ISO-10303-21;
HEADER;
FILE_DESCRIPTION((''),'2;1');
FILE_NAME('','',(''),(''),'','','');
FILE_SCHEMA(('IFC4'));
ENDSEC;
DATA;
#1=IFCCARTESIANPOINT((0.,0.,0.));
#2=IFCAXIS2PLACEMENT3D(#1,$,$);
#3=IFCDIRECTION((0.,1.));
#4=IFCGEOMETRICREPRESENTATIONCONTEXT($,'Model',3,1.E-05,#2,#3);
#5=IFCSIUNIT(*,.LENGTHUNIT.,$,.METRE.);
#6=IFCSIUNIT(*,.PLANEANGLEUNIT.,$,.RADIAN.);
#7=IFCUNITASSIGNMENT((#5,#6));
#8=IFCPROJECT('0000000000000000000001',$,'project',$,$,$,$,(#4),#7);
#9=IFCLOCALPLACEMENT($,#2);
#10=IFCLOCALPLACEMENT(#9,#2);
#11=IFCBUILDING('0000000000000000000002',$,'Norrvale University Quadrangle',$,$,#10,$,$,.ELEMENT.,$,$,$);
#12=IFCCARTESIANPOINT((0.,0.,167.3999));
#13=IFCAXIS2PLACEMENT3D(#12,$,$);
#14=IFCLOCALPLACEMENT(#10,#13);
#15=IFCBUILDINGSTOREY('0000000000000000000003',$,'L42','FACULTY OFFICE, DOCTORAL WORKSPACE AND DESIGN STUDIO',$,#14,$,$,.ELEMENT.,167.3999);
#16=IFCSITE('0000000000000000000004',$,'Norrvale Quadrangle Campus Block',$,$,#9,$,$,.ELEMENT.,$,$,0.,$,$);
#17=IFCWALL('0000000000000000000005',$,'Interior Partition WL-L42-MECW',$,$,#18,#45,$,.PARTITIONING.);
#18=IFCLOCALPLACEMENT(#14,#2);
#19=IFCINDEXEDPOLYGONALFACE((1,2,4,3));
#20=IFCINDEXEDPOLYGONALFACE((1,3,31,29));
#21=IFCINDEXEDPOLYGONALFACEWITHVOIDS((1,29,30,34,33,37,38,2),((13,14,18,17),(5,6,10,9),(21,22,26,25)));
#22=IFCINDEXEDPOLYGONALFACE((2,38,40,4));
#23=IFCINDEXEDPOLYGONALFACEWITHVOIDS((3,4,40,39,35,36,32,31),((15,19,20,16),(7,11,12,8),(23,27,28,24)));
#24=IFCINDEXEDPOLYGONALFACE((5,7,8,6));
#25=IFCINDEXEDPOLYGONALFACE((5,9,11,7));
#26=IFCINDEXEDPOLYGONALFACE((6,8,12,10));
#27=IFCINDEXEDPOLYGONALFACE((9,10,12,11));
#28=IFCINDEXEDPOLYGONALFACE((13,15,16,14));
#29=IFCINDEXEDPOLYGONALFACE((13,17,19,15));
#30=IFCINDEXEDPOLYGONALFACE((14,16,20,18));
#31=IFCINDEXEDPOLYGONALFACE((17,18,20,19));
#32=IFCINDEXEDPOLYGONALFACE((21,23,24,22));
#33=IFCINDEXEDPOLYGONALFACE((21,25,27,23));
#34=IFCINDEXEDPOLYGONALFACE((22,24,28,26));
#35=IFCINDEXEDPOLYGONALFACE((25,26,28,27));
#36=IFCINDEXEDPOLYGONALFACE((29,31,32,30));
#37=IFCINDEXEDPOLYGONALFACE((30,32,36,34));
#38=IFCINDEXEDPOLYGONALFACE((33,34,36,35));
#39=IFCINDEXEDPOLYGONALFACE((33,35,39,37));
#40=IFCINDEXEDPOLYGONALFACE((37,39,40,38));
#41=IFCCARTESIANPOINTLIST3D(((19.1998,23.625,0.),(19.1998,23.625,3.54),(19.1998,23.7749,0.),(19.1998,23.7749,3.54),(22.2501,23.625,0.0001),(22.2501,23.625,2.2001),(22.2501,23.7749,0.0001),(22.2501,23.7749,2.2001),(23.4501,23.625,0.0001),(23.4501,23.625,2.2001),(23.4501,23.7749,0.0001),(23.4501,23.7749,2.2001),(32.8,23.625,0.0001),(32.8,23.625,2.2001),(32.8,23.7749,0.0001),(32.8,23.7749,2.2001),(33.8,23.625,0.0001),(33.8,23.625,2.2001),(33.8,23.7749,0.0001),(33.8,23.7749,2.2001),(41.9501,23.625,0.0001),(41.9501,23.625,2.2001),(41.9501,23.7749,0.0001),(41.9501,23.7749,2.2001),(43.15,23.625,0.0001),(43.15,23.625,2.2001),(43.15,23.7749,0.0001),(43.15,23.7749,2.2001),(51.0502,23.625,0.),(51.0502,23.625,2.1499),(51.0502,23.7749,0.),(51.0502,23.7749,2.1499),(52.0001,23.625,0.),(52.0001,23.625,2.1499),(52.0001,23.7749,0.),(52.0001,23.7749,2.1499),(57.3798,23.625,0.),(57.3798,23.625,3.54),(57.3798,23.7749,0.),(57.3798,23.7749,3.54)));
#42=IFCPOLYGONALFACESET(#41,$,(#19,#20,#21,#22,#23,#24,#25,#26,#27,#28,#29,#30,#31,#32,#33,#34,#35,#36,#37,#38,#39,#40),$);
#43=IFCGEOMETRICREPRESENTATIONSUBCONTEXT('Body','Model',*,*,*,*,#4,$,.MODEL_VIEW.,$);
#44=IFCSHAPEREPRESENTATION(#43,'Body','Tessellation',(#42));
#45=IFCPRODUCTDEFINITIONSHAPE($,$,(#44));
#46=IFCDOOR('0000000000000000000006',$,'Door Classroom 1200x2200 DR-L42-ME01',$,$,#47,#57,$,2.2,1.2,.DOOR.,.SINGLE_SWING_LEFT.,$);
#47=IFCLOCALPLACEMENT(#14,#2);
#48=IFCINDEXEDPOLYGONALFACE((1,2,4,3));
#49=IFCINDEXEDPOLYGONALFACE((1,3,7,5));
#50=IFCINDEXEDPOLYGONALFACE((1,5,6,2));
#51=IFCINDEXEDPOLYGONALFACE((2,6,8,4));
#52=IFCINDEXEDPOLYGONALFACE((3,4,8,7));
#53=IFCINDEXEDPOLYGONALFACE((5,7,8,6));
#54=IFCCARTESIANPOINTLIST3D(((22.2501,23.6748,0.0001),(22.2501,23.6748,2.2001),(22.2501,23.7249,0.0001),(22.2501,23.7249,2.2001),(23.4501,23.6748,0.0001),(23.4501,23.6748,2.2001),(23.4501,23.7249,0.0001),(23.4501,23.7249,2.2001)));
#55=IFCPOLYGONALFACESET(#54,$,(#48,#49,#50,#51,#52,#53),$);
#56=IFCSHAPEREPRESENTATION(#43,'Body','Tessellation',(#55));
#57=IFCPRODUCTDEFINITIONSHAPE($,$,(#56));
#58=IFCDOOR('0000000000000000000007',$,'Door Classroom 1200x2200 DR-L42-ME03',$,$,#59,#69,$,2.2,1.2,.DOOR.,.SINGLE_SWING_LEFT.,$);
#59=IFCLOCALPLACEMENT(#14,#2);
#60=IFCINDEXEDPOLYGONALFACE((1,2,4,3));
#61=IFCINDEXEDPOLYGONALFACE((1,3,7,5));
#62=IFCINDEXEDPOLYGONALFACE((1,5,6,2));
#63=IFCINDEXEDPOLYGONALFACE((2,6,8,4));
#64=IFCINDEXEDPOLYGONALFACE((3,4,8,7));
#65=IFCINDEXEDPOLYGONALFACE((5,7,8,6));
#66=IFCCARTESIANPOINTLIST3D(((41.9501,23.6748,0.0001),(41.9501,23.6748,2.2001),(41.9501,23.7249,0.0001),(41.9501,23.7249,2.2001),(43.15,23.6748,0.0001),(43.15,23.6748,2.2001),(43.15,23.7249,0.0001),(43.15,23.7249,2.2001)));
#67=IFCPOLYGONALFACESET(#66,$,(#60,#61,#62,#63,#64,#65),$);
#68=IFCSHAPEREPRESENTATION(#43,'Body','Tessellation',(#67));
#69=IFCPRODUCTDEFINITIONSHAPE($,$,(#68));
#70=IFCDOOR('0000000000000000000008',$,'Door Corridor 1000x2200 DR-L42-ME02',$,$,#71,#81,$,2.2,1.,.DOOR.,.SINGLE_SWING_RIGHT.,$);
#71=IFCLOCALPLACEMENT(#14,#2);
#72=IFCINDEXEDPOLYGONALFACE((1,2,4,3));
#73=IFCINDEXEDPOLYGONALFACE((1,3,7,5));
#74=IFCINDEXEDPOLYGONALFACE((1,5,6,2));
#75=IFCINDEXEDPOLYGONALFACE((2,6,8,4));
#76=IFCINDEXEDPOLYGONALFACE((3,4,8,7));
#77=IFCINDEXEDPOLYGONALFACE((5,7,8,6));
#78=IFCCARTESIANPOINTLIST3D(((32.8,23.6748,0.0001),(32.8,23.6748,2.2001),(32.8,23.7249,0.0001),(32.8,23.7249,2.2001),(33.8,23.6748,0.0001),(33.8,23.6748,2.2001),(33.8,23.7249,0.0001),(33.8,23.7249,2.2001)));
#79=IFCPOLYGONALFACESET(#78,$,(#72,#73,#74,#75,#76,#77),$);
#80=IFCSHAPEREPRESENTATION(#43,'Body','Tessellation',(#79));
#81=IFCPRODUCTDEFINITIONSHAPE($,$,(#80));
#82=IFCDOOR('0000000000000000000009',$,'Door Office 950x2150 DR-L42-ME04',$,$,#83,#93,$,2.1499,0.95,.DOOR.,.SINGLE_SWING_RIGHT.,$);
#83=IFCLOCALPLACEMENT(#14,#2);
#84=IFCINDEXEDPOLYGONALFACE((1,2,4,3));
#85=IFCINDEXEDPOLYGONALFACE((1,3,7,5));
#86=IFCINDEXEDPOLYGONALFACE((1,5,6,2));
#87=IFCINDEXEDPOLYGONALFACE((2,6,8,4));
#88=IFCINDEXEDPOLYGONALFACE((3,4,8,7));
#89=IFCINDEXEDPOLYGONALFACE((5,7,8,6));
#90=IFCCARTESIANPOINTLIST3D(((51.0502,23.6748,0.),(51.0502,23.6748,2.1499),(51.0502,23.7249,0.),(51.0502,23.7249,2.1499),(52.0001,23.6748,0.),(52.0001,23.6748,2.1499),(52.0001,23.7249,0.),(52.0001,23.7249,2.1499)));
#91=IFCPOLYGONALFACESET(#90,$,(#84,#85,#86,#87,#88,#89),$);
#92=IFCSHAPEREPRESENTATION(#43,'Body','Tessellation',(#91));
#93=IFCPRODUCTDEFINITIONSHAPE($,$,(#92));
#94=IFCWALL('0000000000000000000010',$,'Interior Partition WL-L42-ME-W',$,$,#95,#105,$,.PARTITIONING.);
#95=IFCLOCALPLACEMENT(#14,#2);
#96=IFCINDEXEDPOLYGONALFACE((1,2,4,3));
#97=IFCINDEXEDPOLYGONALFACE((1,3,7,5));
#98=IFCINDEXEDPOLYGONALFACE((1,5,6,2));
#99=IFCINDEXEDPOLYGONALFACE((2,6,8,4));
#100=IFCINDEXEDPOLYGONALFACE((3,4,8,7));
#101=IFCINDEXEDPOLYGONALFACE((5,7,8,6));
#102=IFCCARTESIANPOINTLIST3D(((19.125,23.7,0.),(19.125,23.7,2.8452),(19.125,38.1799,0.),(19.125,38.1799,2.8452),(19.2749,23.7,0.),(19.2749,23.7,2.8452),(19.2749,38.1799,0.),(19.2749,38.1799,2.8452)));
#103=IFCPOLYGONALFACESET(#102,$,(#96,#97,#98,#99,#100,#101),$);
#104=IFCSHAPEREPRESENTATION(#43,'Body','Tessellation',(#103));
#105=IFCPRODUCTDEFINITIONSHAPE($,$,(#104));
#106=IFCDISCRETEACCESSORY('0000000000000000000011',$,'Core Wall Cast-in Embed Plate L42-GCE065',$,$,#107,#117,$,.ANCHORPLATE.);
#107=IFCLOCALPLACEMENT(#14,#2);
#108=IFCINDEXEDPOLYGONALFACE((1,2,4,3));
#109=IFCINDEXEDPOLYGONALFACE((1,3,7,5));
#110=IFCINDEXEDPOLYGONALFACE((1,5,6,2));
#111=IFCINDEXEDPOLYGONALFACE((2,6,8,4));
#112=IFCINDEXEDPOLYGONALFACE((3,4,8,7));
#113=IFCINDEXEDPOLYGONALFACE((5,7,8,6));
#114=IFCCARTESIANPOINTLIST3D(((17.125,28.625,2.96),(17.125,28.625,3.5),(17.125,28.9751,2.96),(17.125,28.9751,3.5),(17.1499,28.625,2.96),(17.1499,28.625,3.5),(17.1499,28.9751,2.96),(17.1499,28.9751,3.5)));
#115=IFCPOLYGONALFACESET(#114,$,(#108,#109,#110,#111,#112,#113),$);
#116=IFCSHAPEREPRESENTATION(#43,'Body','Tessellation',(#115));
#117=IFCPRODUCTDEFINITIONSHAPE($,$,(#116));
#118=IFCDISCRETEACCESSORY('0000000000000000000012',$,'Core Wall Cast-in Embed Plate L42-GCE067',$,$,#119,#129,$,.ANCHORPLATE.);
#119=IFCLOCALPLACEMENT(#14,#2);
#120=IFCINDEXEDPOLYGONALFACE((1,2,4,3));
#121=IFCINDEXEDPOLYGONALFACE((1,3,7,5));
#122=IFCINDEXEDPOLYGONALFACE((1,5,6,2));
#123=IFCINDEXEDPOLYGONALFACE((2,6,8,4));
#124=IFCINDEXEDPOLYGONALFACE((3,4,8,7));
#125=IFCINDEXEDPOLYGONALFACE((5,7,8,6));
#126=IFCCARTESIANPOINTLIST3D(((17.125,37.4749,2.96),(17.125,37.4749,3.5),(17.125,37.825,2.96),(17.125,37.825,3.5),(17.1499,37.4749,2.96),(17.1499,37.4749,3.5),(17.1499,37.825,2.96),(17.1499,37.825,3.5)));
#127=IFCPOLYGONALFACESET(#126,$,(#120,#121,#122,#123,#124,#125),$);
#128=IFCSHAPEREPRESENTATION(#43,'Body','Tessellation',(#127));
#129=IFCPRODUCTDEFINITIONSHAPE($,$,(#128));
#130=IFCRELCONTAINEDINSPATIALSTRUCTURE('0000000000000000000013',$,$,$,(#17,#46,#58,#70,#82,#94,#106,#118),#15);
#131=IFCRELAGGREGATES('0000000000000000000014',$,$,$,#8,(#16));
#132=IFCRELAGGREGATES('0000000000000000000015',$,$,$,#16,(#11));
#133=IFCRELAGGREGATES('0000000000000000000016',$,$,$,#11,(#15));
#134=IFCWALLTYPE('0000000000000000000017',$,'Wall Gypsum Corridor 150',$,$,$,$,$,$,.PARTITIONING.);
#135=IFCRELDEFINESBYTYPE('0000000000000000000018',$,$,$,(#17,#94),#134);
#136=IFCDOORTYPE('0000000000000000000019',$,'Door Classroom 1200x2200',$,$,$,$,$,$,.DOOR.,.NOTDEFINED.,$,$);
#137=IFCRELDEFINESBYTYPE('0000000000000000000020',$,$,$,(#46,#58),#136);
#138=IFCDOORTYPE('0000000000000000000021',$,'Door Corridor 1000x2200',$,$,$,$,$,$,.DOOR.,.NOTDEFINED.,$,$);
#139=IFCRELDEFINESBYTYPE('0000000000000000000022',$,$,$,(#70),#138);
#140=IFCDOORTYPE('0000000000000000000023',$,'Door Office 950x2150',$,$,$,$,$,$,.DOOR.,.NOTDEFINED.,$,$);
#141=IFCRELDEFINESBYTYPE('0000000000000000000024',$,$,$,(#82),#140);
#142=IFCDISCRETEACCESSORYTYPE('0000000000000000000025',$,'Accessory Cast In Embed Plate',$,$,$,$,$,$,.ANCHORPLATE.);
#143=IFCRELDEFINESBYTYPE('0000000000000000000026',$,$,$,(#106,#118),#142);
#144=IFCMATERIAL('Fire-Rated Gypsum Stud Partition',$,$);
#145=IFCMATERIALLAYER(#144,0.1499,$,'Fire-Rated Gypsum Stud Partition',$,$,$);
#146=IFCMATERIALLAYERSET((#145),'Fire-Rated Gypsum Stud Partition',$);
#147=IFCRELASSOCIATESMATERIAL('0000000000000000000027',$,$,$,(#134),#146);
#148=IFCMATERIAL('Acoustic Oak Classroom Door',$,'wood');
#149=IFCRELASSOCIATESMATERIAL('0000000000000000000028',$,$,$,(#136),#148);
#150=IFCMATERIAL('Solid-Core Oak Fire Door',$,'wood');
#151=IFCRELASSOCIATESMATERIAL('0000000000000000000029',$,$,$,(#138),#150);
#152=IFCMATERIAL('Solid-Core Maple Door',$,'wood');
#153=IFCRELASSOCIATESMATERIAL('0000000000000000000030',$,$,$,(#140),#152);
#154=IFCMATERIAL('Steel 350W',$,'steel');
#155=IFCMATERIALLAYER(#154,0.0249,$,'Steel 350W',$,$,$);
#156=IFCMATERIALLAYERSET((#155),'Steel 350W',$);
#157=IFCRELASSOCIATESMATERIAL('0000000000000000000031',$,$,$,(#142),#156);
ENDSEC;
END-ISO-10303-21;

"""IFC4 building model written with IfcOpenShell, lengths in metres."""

from ifc_helpers import new_model, si_unit, direction, frame, frame_2d, origin, origin_2d, place, context, subcontext, project, spatial, rectangle, extrude, material, layer, layer_set, type_object, element, fill, save


model = new_model("IFC4")

# Units and contexts
model_context = context("Model", 3, precision=1e-05, world=origin(), true_north=direction((0.0, 1.0)))
body_context = subcontext(model_context, "Body", "Model", "MODEL_VIEW")
ifc_project = project(units=[si_unit("LENGTHUNIT", "METRE"), si_unit("PLANEANGLEUNIT", "RADIAN")], contexts=[model_context])

# Site, building, storey
site_placement = place(None, origin())
site = spatial("IfcSite", under=ifc_project, at=site_placement, Name="Norrvale Quadrangle Campus Block", CompositionType="ELEMENT", RefElevation=0.0)
building_placement = place(site_placement, origin())
building = spatial("IfcBuilding", under=site, at=building_placement, Name="Norrvale University Quadrangle", CompositionType="ELEMENT")
storey_placement = place(building_placement, frame((0.0, 0.0, 167.3999)))
storey = spatial("IfcBuildingStorey", under=building, at=storey_placement, Name="L42", Description="FACULTY OFFICE, DOCTORAL WORKSPACE AND DESIGN STUDIO", CompositionType="ELEMENT", Elevation=167.3999)

# Shared definitions
ifc_material_1 = material(Name="Steel 350W", Category="steel")

# Wall, openings, doors
ifc_material_2 = material(Name="Fire-Rated Gypsum Stud Partition")
ifc_layer_1 = layer(ifc_material_2, 0.1499, Name="Fire-Rated Gypsum Stud Partition")
ifc_layer_set_1 = layer_set([ifc_layer_1], Name="Fire-Rated Gypsum Stud Partition")
wall_type_1 = type_object("IfcWallType", Name="Wall Gypsum Corridor 150", PredefinedType="PARTITIONING", material=ifc_layer_set_1)
wall_1_placement = place(storey_placement, frame((19.2, 23.7, 0.0), z_axis=(0.0, 0.0, 1.0), x_axis=(1.0, 0.0, 0.0)))
wall_1 = element("IfcWall", 1, at=wall_1_placement, inside=storey, type_object=wall_type_1, Name="Interior Partition WL-L42-MECW", PredefinedType="PARTITIONING", context=body_context, shape_type="SweptSolid", body=[
    extrude(rectangle(XDim=38.1799, YDim=0.1499, at=frame_2d((19.0898, 0.0))), origin(), (0.0, 0.0, 1.0), 3.54),
])
opening_1_placement = place(wall_1_placement, frame((3.05, 0.0, 0.0)))
opening_1 = element("IfcOpeningElement", 2, at=opening_1_placement, cuts=wall_1, PredefinedType="OPENING", context=body_context, shape_type="SweptSolid", body=[
    extrude(rectangle(XDim=1.2, YDim=2.2, at=frame_2d((0.6001, 1.1001))), frame((0.0, 0.0869, 0.0), z_axis=(0.0, -1.0, 0.0), x_axis=(1.0, 0.0, 0.0)), (0.0, 0.0, 1.0), 0.1738),
])
opening_2_placement = place(wall_1_placement, frame((13.6001, 0.0, 0.0)))
opening_2 = element("IfcOpeningElement", 3, at=opening_2_placement, cuts=wall_1, PredefinedType="OPENING", context=body_context, shape_type="SweptSolid", body=[
    extrude(rectangle(XDim=1.0, YDim=2.2, at=frame_2d((0.5, 1.1001))), frame((0.0, 0.0869, 0.0), z_axis=(0.0, -1.0, 0.0), x_axis=(1.0, 0.0, 0.0)), (0.0, 0.0, 1.0), 0.1738),
])
opening_3_placement = place(wall_1_placement, frame((22.75, 0.0, 0.0)))
opening_3 = element("IfcOpeningElement", 4, at=opening_3_placement, cuts=wall_1, PredefinedType="OPENING", context=body_context, shape_type="SweptSolid", body=[
    extrude(rectangle(XDim=1.2, YDim=2.2, at=frame_2d((0.6001, 1.1001))), frame((0.0, 0.0869, 0.0), z_axis=(0.0, -1.0, 0.0), x_axis=(1.0, 0.0, 0.0)), (0.0, 0.0, 1.0), 0.1738),
])
opening_4_placement = place(wall_1_placement, frame((31.8501, 0.0, 0.0)))
opening_4 = element("IfcOpeningElement", 5, at=opening_4_placement, cuts=wall_1, PredefinedType="OPENING", context=body_context, shape_type="SweptSolid", body=[
    extrude(rectangle(XDim=0.95, YDim=2.1499, at=frame_2d((0.4751, 1.075))), frame((0.0, 0.0869, 0.0), z_axis=(0.0, -1.0, 0.0), x_axis=(1.0, 0.0, 0.0)), (0.0, 0.0, 1.0), 0.1738),
])
ifc_material_3 = material(Name="Acoustic Oak Classroom Door", Category="wood")
door_type_1 = type_object("IfcDoorType", Name="Door Classroom 1200x2200", OperationType="NOTDEFINED", PredefinedType="DOOR", material=ifc_material_3)
door_1_placement = place(opening_1_placement, origin())
door_1 = element("IfcDoor", 6, at=door_1_placement, inside=storey, type_object=door_type_1, Name="Door Classroom 1200x2200 DR-L42-ME01", OperationType="SINGLE_SWING_LEFT", OverallHeight=2.2, OverallWidth=1.2, PredefinedType="DOOR", context=body_context, shape_type="SweptSolid", body=[
    extrude(rectangle(XDim=1.2, YDim=2.2, at=frame_2d((0.6001, 1.1001))), frame((0.0, 0.0249, 0.0), z_axis=(0.0, -1.0, 0.0), x_axis=(1.0, 0.0, 0.0)), (0.0, 0.0, 1.0), 0.05),
])
fill(opening_1, door_1)
door_2_placement = place(opening_3_placement, origin())
door_2 = element("IfcDoor", 7, at=door_2_placement, inside=storey, type_object=door_type_1, Name="Door Classroom 1200x2200 DR-L42-ME03", OperationType="SINGLE_SWING_LEFT", OverallHeight=2.2, OverallWidth=1.2, PredefinedType="DOOR", context=body_context, shape_type="SweptSolid", body=[
    extrude(rectangle(XDim=1.2, YDim=2.2, at=frame_2d((0.6001, 1.1001))), frame((0.0, 0.0249, 0.0), z_axis=(0.0, -1.0, 0.0), x_axis=(1.0, 0.0, 0.0)), (0.0, 0.0, 1.0), 0.05),
])
fill(opening_3, door_2)
ifc_material_4 = material(Name="Solid-Core Oak Fire Door", Category="wood")
door_type_2 = type_object("IfcDoorType", Name="Door Corridor 1000x2200", OperationType="NOTDEFINED", PredefinedType="DOOR", material=ifc_material_4)
door_3_placement = place(opening_2_placement, origin())
door_3 = element("IfcDoor", 8, at=door_3_placement, inside=storey, type_object=door_type_2, Name="Door Corridor 1000x2200 DR-L42-ME02", OperationType="SINGLE_SWING_RIGHT", OverallHeight=2.2, OverallWidth=1.0, PredefinedType="DOOR", context=body_context, shape_type="SweptSolid", body=[
    extrude(rectangle(XDim=1.0, YDim=2.2, at=frame_2d((0.5, 1.1001))), frame((0.0, 0.0249, 0.0), z_axis=(0.0, -1.0, 0.0), x_axis=(1.0, 0.0, 0.0)), (0.0, 0.0, 1.0), 0.05),
])
fill(opening_2, door_3)
ifc_material_5 = material(Name="Solid-Core Maple Door", Category="wood")
door_type_3 = type_object("IfcDoorType", Name="Door Office 950x2150", OperationType="NOTDEFINED", PredefinedType="DOOR", material=ifc_material_5)
door_4_placement = place(opening_4_placement, origin())
door_4 = element("IfcDoor", 9, at=door_4_placement, inside=storey, type_object=door_type_3, Name="Door Office 950x2150 DR-L42-ME04", OperationType="SINGLE_SWING_RIGHT", OverallHeight=2.1499, OverallWidth=0.95, PredefinedType="DOOR", context=body_context, shape_type="SweptSolid", body=[
    extrude(rectangle(XDim=0.95, YDim=2.1499, at=frame_2d((0.4751, 1.075))), frame((0.0, 0.0249, 0.0), z_axis=(0.0, -1.0, 0.0), x_axis=(1.0, 0.0, 0.0)), (0.0, 0.0, 1.0), 0.05),
])
fill(opening_4, door_4)

# Wall
wall_2_placement = place(storey_placement, frame((19.2, 23.7, 0.0), z_axis=(0.0, 0.0, 1.0), x_axis=(0.0, 1.0, 0.0)))
element("IfcWall", 10, at=wall_2_placement, inside=storey, type_object=wall_type_1, Name="Interior Partition WL-L42-ME-W", PredefinedType="PARTITIONING", context=body_context, shape_type="SweptSolid", body=[
    extrude(rectangle(XDim=14.48, YDim=0.1499, at=frame_2d((7.24, 0.0))), origin(), (0.0, 0.0, 1.0), 2.8452),
])

# Discrete accessories
ifc_layer_2 = layer(ifc_material_1, 0.0249, Name="Steel 350W")
ifc_layer_set_2 = layer_set([ifc_layer_2], Name="Steel 350W")
discrete_accessory_type = type_object("IfcDiscreteAccessoryType", Name="Accessory Cast In Embed Plate", PredefinedType="ANCHORPLATE", material=ifc_layer_set_2)
for number, where, z_axis, x_axis, name in (
    (11, (17.1375, 28.8, 2.96), (0.0, 0.0, 1.0), (1.0, 0.0, 0.0), "Core Wall Cast-in Embed Plate L42-GCE065"),
    (12, (17.1375, 37.6499, 2.96), (0.0, 0.0, 1.0), (1.0, 0.0, 0.0), "Core Wall Cast-in Embed Plate L42-GCE067"),
):
    element("IfcDiscreteAccessory", number, at=place(storey_placement, frame(where, z_axis=z_axis, x_axis=x_axis)), inside=storey, type_object=discrete_accessory_type, Name=name, PredefinedType="ANCHORPLATE", context=body_context, shape_type="SweptSolid", body=[
        extrude(rectangle(XDim=0.0249, YDim=0.3501, at=origin_2d()), origin(), (0.0, 0.0, 1.0), 0.54),
    ])

save(model, "model.ifc")
